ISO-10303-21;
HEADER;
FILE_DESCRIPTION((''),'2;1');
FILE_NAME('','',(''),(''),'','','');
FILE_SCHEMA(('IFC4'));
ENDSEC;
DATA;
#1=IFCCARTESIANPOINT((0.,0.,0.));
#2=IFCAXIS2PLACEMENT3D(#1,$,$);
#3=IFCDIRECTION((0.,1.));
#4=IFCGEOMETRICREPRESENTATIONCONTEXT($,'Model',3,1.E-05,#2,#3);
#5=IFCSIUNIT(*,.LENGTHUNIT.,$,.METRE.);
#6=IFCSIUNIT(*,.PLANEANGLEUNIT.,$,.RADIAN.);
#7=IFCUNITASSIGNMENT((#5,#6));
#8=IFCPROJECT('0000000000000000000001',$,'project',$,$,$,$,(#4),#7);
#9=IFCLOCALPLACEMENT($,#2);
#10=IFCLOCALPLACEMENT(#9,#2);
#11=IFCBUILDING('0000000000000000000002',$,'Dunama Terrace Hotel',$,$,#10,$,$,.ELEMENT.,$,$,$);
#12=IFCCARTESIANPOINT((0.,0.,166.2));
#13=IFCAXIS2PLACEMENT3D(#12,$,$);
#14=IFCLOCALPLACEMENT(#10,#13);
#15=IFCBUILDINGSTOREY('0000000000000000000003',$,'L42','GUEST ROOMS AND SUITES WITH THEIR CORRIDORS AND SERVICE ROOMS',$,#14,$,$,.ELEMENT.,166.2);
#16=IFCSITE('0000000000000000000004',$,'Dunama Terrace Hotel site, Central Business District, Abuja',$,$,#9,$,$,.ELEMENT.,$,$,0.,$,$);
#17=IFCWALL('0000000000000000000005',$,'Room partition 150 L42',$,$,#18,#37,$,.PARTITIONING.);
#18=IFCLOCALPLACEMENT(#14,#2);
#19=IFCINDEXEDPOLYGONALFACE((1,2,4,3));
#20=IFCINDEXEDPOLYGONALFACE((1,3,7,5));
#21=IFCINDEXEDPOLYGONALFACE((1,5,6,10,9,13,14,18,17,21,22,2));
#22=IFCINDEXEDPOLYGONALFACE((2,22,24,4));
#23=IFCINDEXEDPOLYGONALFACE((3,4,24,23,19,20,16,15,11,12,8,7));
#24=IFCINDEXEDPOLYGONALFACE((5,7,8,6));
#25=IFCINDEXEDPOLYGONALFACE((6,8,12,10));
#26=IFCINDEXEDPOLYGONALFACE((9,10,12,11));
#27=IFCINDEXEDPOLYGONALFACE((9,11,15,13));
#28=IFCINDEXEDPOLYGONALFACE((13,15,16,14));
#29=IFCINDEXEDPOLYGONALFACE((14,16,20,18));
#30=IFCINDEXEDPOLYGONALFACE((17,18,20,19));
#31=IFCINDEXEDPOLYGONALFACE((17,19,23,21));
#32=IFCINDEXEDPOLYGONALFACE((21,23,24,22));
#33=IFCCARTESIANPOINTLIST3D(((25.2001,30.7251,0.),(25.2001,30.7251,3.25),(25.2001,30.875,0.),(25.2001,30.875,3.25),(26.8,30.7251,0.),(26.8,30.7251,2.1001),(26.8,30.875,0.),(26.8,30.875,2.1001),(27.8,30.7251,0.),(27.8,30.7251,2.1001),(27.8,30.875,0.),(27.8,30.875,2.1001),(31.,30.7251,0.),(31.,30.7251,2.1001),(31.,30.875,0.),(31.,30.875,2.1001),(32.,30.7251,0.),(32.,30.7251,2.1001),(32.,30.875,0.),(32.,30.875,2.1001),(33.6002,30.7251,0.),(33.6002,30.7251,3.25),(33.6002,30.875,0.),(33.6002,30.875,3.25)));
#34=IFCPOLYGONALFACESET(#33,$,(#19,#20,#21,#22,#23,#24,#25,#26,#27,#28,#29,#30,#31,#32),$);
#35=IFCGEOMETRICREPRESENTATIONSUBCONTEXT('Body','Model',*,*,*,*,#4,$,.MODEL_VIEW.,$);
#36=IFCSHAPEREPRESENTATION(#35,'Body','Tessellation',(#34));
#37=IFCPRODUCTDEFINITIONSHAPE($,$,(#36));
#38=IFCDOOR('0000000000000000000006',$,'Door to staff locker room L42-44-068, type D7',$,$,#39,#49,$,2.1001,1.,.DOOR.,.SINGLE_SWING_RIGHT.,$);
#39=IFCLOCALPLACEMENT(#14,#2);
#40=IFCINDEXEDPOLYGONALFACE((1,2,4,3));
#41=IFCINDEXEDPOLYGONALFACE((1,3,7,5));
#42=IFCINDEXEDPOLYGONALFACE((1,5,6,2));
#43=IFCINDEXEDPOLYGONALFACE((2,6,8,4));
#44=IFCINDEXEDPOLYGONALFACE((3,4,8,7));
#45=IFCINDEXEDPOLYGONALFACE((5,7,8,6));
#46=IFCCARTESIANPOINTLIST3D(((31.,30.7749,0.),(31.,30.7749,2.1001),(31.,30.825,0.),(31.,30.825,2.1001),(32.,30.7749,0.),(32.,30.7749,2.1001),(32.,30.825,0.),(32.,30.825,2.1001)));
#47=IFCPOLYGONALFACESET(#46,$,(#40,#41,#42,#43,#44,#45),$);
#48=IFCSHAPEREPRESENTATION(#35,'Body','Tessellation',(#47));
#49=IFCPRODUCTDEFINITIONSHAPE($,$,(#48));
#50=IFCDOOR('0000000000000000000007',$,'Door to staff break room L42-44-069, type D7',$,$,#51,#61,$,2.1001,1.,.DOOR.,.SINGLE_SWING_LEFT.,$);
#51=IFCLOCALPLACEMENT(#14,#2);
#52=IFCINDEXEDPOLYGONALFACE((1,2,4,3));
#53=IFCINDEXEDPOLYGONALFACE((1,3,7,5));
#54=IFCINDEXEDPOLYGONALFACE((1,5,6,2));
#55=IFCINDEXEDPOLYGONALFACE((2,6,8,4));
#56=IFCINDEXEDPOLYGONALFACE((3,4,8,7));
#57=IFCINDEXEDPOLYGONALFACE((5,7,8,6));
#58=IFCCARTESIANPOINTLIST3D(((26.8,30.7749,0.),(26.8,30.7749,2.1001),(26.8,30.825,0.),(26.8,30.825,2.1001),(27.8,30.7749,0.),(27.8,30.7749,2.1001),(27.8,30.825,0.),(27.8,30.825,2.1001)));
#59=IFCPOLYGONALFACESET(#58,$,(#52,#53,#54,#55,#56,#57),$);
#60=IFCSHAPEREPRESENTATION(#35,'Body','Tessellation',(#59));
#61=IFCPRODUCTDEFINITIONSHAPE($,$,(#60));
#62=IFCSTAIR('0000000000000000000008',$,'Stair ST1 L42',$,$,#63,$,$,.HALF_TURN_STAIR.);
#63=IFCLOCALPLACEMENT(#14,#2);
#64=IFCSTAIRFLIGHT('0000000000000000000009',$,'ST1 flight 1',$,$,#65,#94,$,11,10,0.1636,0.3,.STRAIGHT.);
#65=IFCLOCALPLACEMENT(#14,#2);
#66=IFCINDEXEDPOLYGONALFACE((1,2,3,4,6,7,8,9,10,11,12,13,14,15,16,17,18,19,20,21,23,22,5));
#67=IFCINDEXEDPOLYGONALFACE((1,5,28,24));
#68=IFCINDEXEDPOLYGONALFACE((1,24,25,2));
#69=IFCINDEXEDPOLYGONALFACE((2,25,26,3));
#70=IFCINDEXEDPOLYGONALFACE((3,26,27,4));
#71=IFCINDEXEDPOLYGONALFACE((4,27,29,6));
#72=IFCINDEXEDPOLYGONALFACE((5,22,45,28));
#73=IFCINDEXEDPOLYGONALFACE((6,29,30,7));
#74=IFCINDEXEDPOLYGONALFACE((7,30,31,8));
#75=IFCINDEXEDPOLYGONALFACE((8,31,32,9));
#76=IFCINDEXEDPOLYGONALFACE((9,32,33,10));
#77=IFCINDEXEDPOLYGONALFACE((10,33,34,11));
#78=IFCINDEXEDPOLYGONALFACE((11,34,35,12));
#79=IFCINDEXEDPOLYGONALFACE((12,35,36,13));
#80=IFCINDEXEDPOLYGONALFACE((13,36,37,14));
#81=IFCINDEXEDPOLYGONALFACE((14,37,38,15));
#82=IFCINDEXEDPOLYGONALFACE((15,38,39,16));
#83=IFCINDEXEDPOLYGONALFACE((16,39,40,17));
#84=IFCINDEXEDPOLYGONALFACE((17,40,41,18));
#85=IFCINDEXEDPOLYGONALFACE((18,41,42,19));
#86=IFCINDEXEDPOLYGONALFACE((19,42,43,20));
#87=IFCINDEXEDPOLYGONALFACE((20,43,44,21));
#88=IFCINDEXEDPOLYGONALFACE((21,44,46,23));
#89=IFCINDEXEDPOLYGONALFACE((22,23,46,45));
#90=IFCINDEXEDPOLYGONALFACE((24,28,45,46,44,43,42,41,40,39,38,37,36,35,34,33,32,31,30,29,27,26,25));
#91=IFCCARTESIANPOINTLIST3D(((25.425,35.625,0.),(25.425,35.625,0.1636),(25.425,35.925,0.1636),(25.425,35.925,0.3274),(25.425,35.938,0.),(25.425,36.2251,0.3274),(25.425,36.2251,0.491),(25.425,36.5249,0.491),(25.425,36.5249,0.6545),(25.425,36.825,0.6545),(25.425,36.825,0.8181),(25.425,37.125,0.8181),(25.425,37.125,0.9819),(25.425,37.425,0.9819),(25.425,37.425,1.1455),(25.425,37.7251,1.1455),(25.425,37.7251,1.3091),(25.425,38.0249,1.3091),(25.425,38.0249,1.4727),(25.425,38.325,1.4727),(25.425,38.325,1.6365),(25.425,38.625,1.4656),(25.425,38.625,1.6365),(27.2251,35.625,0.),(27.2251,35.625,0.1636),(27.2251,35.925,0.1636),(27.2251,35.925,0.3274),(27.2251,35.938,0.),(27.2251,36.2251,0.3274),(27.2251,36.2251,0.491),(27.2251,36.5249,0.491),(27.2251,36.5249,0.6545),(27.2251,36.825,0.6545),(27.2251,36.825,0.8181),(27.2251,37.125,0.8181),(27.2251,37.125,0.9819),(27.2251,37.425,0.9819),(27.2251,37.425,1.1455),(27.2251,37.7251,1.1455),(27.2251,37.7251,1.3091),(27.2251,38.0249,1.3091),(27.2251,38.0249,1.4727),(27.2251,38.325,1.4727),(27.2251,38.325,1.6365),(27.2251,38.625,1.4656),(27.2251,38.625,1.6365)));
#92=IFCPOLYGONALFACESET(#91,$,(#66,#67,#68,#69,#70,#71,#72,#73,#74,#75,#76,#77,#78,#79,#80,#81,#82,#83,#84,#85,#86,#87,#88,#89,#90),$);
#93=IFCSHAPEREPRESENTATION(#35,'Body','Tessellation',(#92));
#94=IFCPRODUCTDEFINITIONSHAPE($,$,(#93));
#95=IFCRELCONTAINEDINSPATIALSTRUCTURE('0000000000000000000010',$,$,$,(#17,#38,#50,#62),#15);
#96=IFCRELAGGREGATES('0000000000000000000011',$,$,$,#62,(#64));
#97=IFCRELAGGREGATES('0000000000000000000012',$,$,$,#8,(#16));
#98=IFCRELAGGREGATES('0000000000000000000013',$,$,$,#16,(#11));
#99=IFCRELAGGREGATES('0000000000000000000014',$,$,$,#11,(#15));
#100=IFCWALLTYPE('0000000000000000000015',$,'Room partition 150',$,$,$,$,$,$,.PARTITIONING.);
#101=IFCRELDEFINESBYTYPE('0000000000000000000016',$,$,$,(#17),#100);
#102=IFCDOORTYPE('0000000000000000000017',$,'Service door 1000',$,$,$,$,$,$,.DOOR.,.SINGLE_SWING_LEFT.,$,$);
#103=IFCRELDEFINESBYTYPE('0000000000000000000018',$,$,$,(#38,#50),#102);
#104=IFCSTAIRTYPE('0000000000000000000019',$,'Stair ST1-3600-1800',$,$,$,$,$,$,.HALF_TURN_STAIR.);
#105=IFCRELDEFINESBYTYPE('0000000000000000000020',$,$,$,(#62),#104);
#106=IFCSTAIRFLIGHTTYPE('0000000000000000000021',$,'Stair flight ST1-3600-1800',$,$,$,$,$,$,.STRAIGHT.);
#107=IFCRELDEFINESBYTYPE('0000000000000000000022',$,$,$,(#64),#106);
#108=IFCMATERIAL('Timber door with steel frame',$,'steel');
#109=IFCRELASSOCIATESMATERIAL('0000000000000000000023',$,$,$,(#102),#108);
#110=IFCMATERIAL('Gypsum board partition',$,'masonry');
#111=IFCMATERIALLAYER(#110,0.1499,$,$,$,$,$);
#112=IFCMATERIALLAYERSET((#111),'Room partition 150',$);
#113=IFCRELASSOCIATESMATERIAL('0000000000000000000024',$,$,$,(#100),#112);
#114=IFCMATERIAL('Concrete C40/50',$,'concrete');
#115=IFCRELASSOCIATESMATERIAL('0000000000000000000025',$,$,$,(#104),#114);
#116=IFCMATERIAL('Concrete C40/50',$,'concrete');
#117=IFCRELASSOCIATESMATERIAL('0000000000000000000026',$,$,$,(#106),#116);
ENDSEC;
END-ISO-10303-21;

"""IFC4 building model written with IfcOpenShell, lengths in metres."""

from ifc_helpers import new_model, si_unit, direction, frame, frame_2d, origin, place, context, subcontext, project, spatial, polyline, rectangle, outline, extrude, material, layer, layer_set, type_object, element, fill, aggregate, save


model = new_model("IFC4")

# Units and contexts
model_context = context("Model", 3, precision=1e-05, world=origin(), true_north=direction((0.0, 1.0)))
body_context = subcontext(model_context, "Body", "Model", "MODEL_VIEW")
ifc_project = project(units=[si_unit("LENGTHUNIT", "METRE"), si_unit("PLANEANGLEUNIT", "RADIAN")], contexts=[model_context])

# Site, building, storey
site_placement = place(None, origin())
site = spatial("IfcSite", under=ifc_project, at=site_placement, Name="Dunama Terrace Hotel site, Central Business District, Abuja", CompositionType="ELEMENT", RefElevation=0.0)
building_placement = place(site_placement, origin())
building = spatial("IfcBuilding", under=site, at=building_placement, Name="Dunama Terrace Hotel", CompositionType="ELEMENT")
storey_placement = place(building_placement, frame((0.0, 0.0, 166.2)))
storey = spatial("IfcBuildingStorey", under=building, at=storey_placement, Name="L42", Description="GUEST ROOMS AND SUITES WITH THEIR CORRIDORS AND SERVICE ROOMS", CompositionType="ELEMENT", Elevation=166.2)

# Shared definitions
ifc_material_1 = material(Name="Timber door with steel frame", Category="steel")
door_type_1 = type_object("IfcDoorType", Name="Service door 1000", OperationType="SINGLE_SWING_LEFT", PredefinedType="DOOR", material=ifc_material_1)

# Shared definitions
ifc_material_2 = material(Name="Gypsum board partition", Category="masonry")
ifc_layer_1 = layer(ifc_material_2, 0.1499)
ifc_layer_set_1 = layer_set([ifc_layer_1], Name="Room partition 150")
wall_type_1 = type_object("IfcWallType", Name="Room partition 150", PredefinedType="PARTITIONING", material=ifc_layer_set_1)

# Wall, openings, doors
wall_1_placement = place(storey_placement, frame((25.2, 30.8, 0.0), z_axis=(0.0, 0.0, 1.0), x_axis=(1.0, 0.0, 0.0)))
wall_1 = element("IfcWall", 1, at=wall_1_placement, inside=storey, type_object=wall_type_1, Name="Room partition 150 L42", PredefinedType="PARTITIONING", context=body_context, shape_type="SweptSolid", body=[
    extrude(rectangle(XDim=8.4001, YDim=0.1499, at=frame_2d((4.2002, 0.0))), origin(), (0.0, 0.0, 1.0), 3.25),
])
opening_1_placement = place(wall_1_placement, frame((5.8, 0.0, 0.0)))
opening_1 = element("IfcOpeningElement", 2, at=opening_1_placement, cuts=wall_1, PredefinedType="OPENING", context=body_context, shape_type="SweptSolid", body=[
    extrude(rectangle(XDim=1.0, YDim=2.1001, at=frame_2d((0.5, 1.05))), frame((0.0, 0.085, 0.0), z_axis=(0.0, -1.0, 0.0), x_axis=(1.0, 0.0, 0.0)), (0.0, 0.0, 1.0), 0.1699),
])
opening_2_placement = place(wall_1_placement, frame((1.6001, 0.0, 0.0)))
opening_2 = element("IfcOpeningElement", 3, at=opening_2_placement, cuts=wall_1, PredefinedType="OPENING", context=body_context, shape_type="SweptSolid", body=[
    extrude(rectangle(XDim=1.0, YDim=2.1001, at=frame_2d((0.5, 1.05))), frame((0.0, 0.085, 0.0), z_axis=(0.0, -1.0, 0.0), x_axis=(1.0, 0.0, 0.0)), (0.0, 0.0, 1.0), 0.1699),
])
door_1_placement = place(opening_1_placement, origin())
door_1 = element("IfcDoor", 4, at=door_1_placement, inside=storey, type_object=door_type_1, Name="Door to staff locker room L42-44-068, type D7", OperationType="SINGLE_SWING_RIGHT", OverallHeight=2.1001, OverallWidth=1.0, PredefinedType="DOOR", context=body_context, shape_type="SweptSolid", body=[
    extrude(rectangle(XDim=1.0, YDim=2.1001, at=frame_2d((0.5, 1.05))), frame((0.0, 0.0249, 0.0), z_axis=(0.0, -1.0, 0.0), x_axis=(1.0, 0.0, 0.0)), (0.0, 0.0, 1.0), 0.05),
])
fill(opening_1, door_1)
door_2_placement = place(opening_2_placement, origin())
door_2 = element("IfcDoor", 5, at=door_2_placement, inside=storey, type_object=door_type_1, Name="Door to staff break room L42-44-069, type D7", OperationType="SINGLE_SWING_LEFT", OverallHeight=2.1001, OverallWidth=1.0, PredefinedType="DOOR", context=body_context, shape_type="SweptSolid", body=[
    extrude(rectangle(XDim=1.0, YDim=2.1001, at=frame_2d((0.5, 1.05))), frame((0.0, 0.0249, 0.0), z_axis=(0.0, -1.0, 0.0), x_axis=(1.0, 0.0, 0.0)), (0.0, 0.0, 1.0), 0.05),
])
fill(opening_2, door_2)

# Stair, stair flight
ifc_material_3 = material(Name="Concrete C40/50", Category="concrete")
stair_type = type_object("IfcStairType", Name="Stair ST1-3600-1800", PredefinedType="HALF_TURN_STAIR", material=ifc_material_3)
stair_placement = place(storey_placement, origin())
stair = element("IfcStair", 6, at=stair_placement, inside=storey, type_object=stair_type, Name="Stair ST1 L42", PredefinedType="HALF_TURN_STAIR")
ifc_material_4 = material(Name="Concrete C40/50", Category="concrete")
stair_flight_type = type_object("IfcStairFlightType", Name="Stair flight ST1-3600-1800", PredefinedType="STRAIGHT", material=ifc_material_4)
stair_flight_placement = place(storey_placement, frame((26.325, 35.625, 0.0), z_axis=(0.0, 0.0, 1.0), x_axis=(0.0, 1.0, 0.0)))
stair_flight = element("IfcStairFlight", 7, at=stair_flight_placement, type_object=stair_flight_type, Name="ST1 flight 1", NumberOfRisers=11, NumberOfTreads=10, PredefinedType="STRAIGHT", RiserHeight=0.1636, TreadLength=0.3, context=body_context, shape_type="SweptSolid", body=[
    extrude(outline(polyline([(0.0, 0.0), (0.0, 0.1636), (0.3, 0.1636), (0.3, 0.3274), (0.6001, 0.3274), (0.6001, 0.491), (0.8999, 0.491), (0.8999, 0.6545), (1.2, 0.6545), (1.2, 0.8181), (1.5, 0.8181), (1.5, 0.9819), (1.8, 0.9819), (1.8, 1.1455), (2.1001, 1.1455), (2.1001, 1.3091), (2.3999, 1.3091), (2.3999, 1.4727), (2.7, 1.4727), (2.7, 1.6365), (3.0, 1.6365), (3.0, 1.8), (3.0, 1.4656), (0.313, 0.0), (0.0, 0.0)])), frame((0.0, 0.8999, 0.0), z_axis=(0.0, -1.0, 0.0), x_axis=(1.0, 0.0, 0.0)), (0.0, 0.0, 1.0), 1.8),
])
aggregate(stair, [stair_flight])

save(model, "model.ifc")
